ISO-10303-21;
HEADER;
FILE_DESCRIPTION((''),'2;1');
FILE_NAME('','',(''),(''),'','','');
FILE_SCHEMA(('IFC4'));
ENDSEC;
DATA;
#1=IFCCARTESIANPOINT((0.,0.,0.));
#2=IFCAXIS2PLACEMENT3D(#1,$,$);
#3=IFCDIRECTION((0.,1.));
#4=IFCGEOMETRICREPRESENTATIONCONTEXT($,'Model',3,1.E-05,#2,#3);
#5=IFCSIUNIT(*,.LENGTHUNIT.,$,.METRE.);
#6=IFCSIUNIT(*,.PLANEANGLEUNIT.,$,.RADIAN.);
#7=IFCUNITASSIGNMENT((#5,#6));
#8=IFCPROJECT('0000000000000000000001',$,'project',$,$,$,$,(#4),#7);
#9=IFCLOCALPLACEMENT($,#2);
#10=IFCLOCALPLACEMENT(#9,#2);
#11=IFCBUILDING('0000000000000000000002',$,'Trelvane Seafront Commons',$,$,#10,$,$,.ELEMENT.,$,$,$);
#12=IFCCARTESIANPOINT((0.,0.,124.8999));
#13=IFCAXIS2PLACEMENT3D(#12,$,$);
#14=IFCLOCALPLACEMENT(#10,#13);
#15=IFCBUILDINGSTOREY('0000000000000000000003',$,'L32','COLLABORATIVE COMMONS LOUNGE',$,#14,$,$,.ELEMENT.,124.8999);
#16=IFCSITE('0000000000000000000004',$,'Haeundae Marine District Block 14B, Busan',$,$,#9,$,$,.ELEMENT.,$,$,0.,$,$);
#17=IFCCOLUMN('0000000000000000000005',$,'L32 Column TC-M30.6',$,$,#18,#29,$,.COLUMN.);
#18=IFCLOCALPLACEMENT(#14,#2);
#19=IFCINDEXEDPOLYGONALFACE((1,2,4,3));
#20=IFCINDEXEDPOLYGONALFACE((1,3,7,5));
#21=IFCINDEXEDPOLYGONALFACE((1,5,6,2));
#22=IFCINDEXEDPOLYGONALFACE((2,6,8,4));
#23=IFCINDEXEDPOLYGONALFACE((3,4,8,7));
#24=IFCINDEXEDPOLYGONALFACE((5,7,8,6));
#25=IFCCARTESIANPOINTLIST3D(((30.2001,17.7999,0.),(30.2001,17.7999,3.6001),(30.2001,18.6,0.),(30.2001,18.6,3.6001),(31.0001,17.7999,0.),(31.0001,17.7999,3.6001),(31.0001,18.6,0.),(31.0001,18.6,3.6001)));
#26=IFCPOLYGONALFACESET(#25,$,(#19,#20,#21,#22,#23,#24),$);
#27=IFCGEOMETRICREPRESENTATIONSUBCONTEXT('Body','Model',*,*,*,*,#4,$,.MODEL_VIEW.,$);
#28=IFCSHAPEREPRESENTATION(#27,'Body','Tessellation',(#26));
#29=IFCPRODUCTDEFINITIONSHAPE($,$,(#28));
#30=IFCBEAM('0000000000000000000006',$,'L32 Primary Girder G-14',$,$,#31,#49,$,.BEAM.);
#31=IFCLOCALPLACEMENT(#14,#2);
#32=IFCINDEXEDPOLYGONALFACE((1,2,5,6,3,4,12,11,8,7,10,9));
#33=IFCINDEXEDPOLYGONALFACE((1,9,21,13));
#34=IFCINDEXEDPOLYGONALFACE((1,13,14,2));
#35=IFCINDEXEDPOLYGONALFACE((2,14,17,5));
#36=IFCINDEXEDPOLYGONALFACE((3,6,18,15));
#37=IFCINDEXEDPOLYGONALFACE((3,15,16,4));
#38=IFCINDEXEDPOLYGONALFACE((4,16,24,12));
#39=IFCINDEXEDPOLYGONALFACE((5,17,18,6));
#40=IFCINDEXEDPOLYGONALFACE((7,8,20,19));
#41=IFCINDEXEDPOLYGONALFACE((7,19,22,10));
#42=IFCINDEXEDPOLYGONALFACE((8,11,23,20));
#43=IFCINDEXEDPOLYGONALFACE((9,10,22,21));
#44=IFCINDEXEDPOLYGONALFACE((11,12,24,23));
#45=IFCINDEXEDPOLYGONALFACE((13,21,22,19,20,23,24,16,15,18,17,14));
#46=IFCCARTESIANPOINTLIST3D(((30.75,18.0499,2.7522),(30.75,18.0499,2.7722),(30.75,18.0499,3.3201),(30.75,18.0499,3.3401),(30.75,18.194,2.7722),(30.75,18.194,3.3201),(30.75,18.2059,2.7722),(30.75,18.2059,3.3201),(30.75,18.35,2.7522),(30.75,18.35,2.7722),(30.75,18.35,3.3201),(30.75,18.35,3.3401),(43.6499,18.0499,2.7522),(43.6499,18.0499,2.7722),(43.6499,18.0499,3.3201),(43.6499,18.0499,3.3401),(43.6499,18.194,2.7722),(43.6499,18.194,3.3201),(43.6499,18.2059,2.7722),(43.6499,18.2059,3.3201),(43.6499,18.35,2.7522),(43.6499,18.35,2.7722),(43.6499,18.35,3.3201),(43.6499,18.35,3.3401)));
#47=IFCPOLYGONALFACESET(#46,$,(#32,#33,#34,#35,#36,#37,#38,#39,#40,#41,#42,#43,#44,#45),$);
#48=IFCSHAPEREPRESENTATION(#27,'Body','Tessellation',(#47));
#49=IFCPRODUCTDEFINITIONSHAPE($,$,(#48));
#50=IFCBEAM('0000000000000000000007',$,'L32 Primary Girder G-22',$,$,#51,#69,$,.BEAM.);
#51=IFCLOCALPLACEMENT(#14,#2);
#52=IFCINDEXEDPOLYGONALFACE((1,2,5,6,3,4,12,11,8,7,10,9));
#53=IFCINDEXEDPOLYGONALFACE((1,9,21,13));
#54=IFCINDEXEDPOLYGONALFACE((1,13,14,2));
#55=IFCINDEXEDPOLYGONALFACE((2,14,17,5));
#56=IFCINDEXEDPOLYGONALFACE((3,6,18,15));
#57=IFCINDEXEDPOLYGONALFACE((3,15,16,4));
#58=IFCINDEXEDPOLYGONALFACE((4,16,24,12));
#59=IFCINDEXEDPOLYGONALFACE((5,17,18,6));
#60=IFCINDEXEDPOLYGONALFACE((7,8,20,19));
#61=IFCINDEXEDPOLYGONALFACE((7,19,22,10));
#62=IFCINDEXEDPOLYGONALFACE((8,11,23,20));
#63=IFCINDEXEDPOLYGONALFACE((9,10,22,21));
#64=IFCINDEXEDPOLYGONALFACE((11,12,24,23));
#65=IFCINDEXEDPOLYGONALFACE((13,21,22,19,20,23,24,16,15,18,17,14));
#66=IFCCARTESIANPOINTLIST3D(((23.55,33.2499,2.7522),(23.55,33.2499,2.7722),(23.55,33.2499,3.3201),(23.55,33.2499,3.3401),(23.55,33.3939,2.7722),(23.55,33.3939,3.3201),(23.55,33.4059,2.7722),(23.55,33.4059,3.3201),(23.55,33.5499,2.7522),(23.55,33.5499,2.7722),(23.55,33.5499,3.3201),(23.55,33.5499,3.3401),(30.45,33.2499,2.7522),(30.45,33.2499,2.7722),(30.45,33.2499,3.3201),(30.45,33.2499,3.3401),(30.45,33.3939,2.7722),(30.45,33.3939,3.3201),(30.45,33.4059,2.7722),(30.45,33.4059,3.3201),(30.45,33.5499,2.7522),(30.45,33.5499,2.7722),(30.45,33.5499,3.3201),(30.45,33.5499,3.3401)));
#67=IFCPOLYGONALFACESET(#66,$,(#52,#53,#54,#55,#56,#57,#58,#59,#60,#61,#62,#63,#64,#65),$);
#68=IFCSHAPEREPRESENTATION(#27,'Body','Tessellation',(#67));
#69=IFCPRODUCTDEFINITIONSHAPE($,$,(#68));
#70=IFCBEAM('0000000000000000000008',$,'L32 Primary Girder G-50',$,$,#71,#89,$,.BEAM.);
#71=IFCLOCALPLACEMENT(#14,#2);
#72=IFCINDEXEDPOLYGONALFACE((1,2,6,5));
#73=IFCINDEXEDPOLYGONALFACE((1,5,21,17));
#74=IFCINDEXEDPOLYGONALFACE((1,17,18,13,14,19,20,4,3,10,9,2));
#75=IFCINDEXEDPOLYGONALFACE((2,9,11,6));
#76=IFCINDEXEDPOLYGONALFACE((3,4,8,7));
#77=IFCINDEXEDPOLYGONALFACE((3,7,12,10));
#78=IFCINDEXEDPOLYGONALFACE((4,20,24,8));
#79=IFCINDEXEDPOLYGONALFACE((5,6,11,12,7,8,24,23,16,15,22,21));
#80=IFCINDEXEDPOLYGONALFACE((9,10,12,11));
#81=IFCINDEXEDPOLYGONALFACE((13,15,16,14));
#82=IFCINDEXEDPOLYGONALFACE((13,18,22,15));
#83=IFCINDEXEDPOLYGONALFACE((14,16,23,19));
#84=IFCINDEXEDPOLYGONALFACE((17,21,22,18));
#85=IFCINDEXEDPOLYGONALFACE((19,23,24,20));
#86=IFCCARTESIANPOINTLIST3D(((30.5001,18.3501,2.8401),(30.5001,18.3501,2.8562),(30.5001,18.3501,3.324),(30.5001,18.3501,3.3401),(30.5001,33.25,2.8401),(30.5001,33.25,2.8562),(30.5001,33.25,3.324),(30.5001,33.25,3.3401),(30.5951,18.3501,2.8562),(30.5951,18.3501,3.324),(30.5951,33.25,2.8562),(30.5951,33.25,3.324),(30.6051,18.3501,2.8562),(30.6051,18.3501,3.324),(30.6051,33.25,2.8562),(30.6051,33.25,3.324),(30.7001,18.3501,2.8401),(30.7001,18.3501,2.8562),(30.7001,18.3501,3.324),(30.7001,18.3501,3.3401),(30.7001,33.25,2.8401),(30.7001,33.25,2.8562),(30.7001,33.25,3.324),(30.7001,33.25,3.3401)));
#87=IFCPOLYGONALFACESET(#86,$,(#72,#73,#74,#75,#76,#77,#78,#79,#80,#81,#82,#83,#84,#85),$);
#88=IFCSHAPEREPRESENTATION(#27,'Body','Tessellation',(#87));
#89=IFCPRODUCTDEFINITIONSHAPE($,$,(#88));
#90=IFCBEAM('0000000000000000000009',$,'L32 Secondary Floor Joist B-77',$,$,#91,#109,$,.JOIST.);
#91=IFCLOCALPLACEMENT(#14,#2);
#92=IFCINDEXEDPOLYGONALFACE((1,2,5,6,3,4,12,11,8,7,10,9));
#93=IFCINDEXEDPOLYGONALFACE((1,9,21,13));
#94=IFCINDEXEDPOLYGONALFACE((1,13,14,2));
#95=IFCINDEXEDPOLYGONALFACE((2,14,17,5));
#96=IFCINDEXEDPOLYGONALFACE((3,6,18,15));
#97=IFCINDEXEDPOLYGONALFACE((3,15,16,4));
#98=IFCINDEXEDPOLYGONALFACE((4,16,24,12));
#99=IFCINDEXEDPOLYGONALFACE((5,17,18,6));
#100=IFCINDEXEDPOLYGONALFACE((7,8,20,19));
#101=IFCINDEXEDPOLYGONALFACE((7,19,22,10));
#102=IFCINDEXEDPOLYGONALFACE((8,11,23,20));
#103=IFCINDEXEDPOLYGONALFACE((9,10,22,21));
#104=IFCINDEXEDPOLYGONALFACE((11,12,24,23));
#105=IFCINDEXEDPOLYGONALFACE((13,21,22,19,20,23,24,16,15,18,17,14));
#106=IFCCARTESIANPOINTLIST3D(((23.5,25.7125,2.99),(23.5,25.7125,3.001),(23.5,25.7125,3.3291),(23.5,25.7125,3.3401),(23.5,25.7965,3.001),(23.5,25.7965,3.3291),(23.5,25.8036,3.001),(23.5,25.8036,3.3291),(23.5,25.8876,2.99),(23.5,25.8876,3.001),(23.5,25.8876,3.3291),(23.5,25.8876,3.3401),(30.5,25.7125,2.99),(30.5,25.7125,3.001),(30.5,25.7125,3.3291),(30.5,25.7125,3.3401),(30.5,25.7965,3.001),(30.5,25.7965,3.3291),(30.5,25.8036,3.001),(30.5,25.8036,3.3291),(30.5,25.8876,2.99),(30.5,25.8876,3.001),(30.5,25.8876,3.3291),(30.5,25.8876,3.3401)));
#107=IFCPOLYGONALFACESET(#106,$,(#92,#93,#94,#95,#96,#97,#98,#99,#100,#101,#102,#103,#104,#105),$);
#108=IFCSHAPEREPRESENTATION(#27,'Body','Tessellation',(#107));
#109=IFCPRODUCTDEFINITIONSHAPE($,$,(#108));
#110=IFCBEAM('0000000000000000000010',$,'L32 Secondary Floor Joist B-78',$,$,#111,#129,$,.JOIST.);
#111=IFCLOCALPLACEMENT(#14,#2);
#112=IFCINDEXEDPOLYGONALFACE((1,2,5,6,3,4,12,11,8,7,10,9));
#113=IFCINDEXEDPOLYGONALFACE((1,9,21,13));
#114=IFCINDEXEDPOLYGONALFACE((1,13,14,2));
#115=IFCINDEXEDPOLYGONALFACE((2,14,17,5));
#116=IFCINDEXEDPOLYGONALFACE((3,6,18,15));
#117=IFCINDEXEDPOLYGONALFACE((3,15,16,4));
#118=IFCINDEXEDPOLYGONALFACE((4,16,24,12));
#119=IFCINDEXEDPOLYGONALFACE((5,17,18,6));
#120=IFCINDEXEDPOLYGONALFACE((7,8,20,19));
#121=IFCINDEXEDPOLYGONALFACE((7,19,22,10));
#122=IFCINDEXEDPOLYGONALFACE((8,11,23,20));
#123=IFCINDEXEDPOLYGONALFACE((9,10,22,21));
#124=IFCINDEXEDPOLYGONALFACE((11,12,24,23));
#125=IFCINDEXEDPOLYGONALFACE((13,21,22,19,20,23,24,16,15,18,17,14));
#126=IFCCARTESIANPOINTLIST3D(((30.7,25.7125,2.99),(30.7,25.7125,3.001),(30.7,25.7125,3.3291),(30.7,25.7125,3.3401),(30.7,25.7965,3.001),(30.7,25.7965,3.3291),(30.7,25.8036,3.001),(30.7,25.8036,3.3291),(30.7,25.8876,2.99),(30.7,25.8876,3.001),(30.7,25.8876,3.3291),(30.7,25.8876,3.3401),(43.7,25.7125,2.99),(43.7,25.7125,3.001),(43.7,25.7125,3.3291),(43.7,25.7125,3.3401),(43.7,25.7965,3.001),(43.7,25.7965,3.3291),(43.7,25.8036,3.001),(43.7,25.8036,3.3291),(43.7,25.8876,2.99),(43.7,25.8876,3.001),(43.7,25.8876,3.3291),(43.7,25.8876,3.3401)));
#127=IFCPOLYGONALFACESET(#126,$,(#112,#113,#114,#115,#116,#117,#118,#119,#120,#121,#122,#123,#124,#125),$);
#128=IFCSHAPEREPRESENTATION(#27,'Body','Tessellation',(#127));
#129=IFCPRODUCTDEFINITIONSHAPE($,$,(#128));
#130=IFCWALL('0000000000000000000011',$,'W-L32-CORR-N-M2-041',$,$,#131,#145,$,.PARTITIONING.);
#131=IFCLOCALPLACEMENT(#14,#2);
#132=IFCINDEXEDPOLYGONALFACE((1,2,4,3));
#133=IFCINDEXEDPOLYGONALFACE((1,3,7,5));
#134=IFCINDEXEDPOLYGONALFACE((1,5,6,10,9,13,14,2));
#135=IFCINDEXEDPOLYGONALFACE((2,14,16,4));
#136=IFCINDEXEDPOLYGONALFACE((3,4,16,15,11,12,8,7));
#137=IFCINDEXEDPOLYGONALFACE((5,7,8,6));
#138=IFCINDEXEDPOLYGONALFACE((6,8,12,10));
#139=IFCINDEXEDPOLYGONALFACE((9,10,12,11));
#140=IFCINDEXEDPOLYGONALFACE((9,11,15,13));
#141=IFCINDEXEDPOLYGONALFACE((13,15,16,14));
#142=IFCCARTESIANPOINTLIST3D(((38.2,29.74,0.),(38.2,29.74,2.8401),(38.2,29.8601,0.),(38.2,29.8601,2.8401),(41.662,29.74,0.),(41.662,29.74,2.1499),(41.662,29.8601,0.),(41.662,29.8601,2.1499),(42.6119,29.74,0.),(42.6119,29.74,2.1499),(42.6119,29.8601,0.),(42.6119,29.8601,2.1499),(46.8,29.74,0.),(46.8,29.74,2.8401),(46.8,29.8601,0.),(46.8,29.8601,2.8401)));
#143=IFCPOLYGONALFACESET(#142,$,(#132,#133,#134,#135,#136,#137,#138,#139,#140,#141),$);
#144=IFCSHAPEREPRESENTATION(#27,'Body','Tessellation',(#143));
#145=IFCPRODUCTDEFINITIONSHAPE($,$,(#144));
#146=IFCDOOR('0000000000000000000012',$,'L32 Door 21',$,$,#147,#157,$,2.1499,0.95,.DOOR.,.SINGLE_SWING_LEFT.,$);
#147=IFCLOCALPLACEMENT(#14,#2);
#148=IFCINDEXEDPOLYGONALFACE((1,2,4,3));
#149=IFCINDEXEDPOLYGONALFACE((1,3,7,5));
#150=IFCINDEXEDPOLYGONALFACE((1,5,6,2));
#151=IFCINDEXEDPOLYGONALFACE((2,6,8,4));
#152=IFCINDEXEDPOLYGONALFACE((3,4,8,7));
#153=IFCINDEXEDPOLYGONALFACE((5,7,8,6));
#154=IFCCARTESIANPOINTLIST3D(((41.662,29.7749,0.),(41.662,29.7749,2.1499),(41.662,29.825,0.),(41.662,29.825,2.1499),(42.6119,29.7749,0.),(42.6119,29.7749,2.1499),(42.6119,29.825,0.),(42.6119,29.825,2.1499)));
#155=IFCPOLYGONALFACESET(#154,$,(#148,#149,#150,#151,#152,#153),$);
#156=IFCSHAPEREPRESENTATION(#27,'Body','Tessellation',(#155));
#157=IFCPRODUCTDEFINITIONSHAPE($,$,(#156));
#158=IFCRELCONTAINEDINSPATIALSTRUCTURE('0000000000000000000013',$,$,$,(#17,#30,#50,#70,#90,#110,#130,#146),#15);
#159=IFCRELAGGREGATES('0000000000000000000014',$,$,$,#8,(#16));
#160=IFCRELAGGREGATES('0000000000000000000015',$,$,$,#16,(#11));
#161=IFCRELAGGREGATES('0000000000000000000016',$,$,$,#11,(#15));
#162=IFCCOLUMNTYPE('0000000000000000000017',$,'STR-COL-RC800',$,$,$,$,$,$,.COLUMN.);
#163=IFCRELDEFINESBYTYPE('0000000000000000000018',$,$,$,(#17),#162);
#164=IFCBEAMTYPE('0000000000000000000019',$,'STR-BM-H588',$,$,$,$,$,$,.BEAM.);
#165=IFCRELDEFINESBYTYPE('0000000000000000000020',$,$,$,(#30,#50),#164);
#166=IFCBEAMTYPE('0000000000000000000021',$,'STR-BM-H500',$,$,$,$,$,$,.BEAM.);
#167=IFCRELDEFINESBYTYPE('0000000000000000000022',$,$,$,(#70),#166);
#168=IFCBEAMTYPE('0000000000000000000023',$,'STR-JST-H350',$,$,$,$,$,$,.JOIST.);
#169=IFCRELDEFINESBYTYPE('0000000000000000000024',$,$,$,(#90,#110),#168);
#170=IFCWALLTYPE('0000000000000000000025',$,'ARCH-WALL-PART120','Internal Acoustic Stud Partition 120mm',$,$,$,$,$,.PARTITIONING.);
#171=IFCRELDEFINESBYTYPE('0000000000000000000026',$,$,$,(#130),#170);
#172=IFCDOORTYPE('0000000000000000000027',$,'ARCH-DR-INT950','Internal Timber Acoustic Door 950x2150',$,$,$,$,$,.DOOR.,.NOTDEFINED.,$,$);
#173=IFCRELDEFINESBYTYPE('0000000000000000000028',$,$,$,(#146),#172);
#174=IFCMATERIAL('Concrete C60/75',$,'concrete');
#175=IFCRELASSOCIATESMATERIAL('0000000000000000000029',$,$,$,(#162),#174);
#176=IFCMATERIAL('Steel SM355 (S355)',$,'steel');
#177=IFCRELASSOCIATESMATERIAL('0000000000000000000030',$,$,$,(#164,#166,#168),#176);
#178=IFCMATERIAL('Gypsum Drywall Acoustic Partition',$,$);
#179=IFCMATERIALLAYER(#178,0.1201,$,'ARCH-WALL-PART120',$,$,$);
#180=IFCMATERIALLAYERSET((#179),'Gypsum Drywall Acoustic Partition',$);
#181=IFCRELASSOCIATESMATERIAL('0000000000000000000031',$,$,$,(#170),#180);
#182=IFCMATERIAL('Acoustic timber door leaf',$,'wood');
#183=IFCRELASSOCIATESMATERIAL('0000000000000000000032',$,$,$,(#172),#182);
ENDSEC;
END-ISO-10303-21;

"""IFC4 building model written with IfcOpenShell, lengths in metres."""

from ifc_helpers import new_model, si_unit, direction, frame, frame_2d, origin, origin_2d, place, context, subcontext, project, spatial, rectangle, i_section, extrude, source, transform, mapped, material, layer, layer_set, material_profile, profile_set, type_object, element, fill, save


model = new_model("IFC4")

# Units and contexts
model_context = context("Model", 3, precision=1e-05, world=origin(), true_north=direction((0.0, 1.0)))
body_context = subcontext(model_context, "Body", "Model", "MODEL_VIEW")
ifc_project = project(units=[si_unit("LENGTHUNIT", "METRE"), si_unit("PLANEANGLEUNIT", "RADIAN")], contexts=[model_context])

# Site, building, storey
site_placement = place(None, origin())
site = spatial("IfcSite", under=ifc_project, at=site_placement, Name="Haeundae Marine District Block 14B, Busan", CompositionType="ELEMENT", RefElevation=0.0)
building_placement = place(site_placement, origin())
building = spatial("IfcBuilding", under=site, at=building_placement, Name="Trelvane Seafront Commons", CompositionType="ELEMENT")
storey_placement = place(building_placement, frame((0.0, 0.0, 124.8999)))
storey = spatial("IfcBuildingStorey", under=building, at=storey_placement, Name="L32", Description="COLLABORATIVE COMMONS LOUNGE", CompositionType="ELEMENT", Elevation=124.8999)

# Column
ifc_material_1 = material(Name="Concrete C60/75", Category="concrete")
ifc_material_profile_1 = material_profile(ifc_material_1, rectangle(XDim=0.8, YDim=0.8, at=origin_2d()), Name="RC-800x800")
ifc_profile_set_1 = profile_set([ifc_material_profile_1], Name="Concrete C60/75")
column_type = type_object("IfcColumnType", Name="STR-COL-RC800", PredefinedType="COLUMN", material=ifc_profile_set_1)
shared_shape_1 = source(origin(), body_context, "Body", "SweptSolid", [
    extrude(rectangle(XDim=0.8, YDim=0.8, at=origin_2d()), origin(), (0.0, 0.0, 1.0), 3.6001),
])
column_placement = place(storey_placement, frame((30.6001, 18.2, 0.0), z_axis=(0.0, 0.0, 1.0), x_axis=(1.0, 0.0, 0.0)))
element("IfcColumn", 1, at=column_placement, inside=storey, type_object=column_type, Name="L32 Column TC-M30.6", PredefinedType="COLUMN", context=body_context, shape_type="MappedRepresentation", body=[
    mapped(shared_shape_1, transform((0.0, 0.0, 0.0), x_axis=(1.0, 0.0, 0.0), y_axis=(0.0, 1.0, 0.0), z_axis=(0.0, 0.0, 1.0), scale=1.0)),
])

# Beams
ifc_material_2 = material(Name="Steel SM355 (S355)", Category="steel")
ifc_material_profile_2 = material_profile(ifc_material_2, i_section(OverallWidth=0.3, OverallDepth=0.5879, WebThickness=0.012, FlangeThickness=0.02, at=origin_2d()), Name="H-588x300x12x20")
ifc_profile_set_2 = profile_set([ifc_material_profile_2], Name="Steel SM355 (S355)")
beam_type_1 = type_object("IfcBeamType", Name="STR-BM-H588", PredefinedType="BEAM", material=ifc_profile_set_2)
shared_shape_2 = source(origin(), body_context, "Body", "SweptSolid", [
    extrude(i_section(OverallWidth=0.3, OverallDepth=0.5879, WebThickness=0.012, FlangeThickness=0.02, at=origin_2d()), origin(), (0.0, 0.0, 1.0), 12.8999),
])
beam_1_placement = place(storey_placement, frame((30.75, 18.2, 3.0461), z_axis=(1.0, 0.0, 0.0), x_axis=(0.0, 1.0, 0.0)))
element("IfcBeam", 2, at=beam_1_placement, inside=storey, type_object=beam_type_1, Name="L32 Primary Girder G-14", PredefinedType="BEAM", context=body_context, shape_type="MappedRepresentation", body=[
    mapped(shared_shape_2, transform((0.0, 0.0, 0.0), x_axis=(1.0, 0.0, 0.0), y_axis=(0.0, 1.0, 0.0), z_axis=(0.0, 0.0, 1.0), scale=1.0)),
])
shared_shape_3 = source(origin(), body_context, "Body", "SweptSolid", [
    extrude(i_section(OverallWidth=0.3, OverallDepth=0.5879, WebThickness=0.012, FlangeThickness=0.02, at=origin_2d()), origin(), (0.0, 0.0, 1.0), 6.8999),
])
beam_2_placement = place(storey_placement, frame((23.55, 33.3999, 3.0461), z_axis=(1.0, 0.0, 0.0), x_axis=(0.0, 1.0, 0.0)))
element("IfcBeam", 3, at=beam_2_placement, inside=storey, type_object=beam_type_1, Name="L32 Primary Girder G-22", PredefinedType="BEAM", context=body_context, shape_type="MappedRepresentation", body=[
    mapped(shared_shape_3, transform((0.0, 0.0, 0.0), x_axis=(1.0, 0.0, 0.0), y_axis=(0.0, 1.0, 0.0), z_axis=(0.0, 0.0, 1.0), scale=1.0)),
])
ifc_material_profile_3 = material_profile(ifc_material_2, i_section(OverallWidth=0.2, OverallDepth=0.5, WebThickness=0.01, FlangeThickness=0.0161, at=origin_2d()), Name="H-500x200x10x16")
ifc_profile_set_3 = profile_set([ifc_material_profile_3], Name="Steel SM355 (S355)")
beam_type_2 = type_object("IfcBeamType", Name="STR-BM-H500", PredefinedType="BEAM", material=ifc_profile_set_3)
shared_shape_4 = source(origin(), body_context, "Body", "SweptSolid", [
    extrude(i_section(OverallWidth=0.2, OverallDepth=0.5, WebThickness=0.01, FlangeThickness=0.0161, at=origin_2d()), origin(), (0.0, 0.0, 1.0), 14.8999),
])
beam_3_placement = place(storey_placement, frame((30.6001, 18.3501, 3.0901), z_axis=(0.0, 1.0, 0.0), x_axis=(-1.0, 0.0, 0.0)))
element("IfcBeam", 4, at=beam_3_placement, inside=storey, type_object=beam_type_2, Name="L32 Primary Girder G-50", PredefinedType="BEAM", context=body_context, shape_type="MappedRepresentation", body=[
    mapped(shared_shape_4, transform((0.0, 0.0, 0.0), x_axis=(1.0, 0.0, 0.0), y_axis=(0.0, 1.0, 0.0), z_axis=(0.0, 0.0, 1.0), scale=1.0)),
])
ifc_material_profile_4 = material_profile(ifc_material_2, i_section(OverallWidth=0.175, OverallDepth=0.3501, WebThickness=0.0071, FlangeThickness=0.011, at=origin_2d()), Name="H-350x175x7x11")
ifc_profile_set_4 = profile_set([ifc_material_profile_4], Name="Steel SM355 (S355)")
beam_type_3 = type_object("IfcBeamType", Name="STR-JST-H350", PredefinedType="JOIST", material=ifc_profile_set_4)
shared_shape_5 = source(origin(), body_context, "Body", "SweptSolid", [
    extrude(i_section(OverallWidth=0.175, OverallDepth=0.3501, WebThickness=0.0071, FlangeThickness=0.011, at=origin_2d()), origin(), (0.0, 0.0, 1.0), 7.0),
])
beam_4_placement = place(storey_placement, frame((23.5, 25.8, 3.165), z_axis=(1.0, 0.0, 0.0), x_axis=(0.0, 1.0, 0.0)))
element("IfcBeam", 5, at=beam_4_placement, inside=storey, type_object=beam_type_3, Name="L32 Secondary Floor Joist B-77", PredefinedType="JOIST", context=body_context, shape_type="MappedRepresentation", body=[
    mapped(shared_shape_5, transform((0.0, 0.0, 0.0), x_axis=(1.0, 0.0, 0.0), y_axis=(0.0, 1.0, 0.0), z_axis=(0.0, 0.0, 1.0), scale=1.0)),
])
shared_shape_6 = source(origin(), body_context, "Body", "SweptSolid", [
    extrude(i_section(OverallWidth=0.175, OverallDepth=0.3501, WebThickness=0.0071, FlangeThickness=0.011, at=origin_2d()), origin(), (0.0, 0.0, 1.0), 13.0),
])
beam_5_placement = place(storey_placement, frame((30.7, 25.8, 3.165), z_axis=(1.0, 0.0, 0.0), x_axis=(0.0, 1.0, 0.0)))
element("IfcBeam", 6, at=beam_5_placement, inside=storey, type_object=beam_type_3, Name="L32 Secondary Floor Joist B-78", PredefinedType="JOIST", context=body_context, shape_type="MappedRepresentation", body=[
    mapped(shared_shape_6, transform((0.0, 0.0, 0.0), x_axis=(1.0, 0.0, 0.0), y_axis=(0.0, 1.0, 0.0), z_axis=(0.0, 0.0, 1.0), scale=1.0)),
])

# Wall, opening, door
ifc_material_3 = material(Name="Gypsum Drywall Acoustic Partition")
ifc_layer_1 = layer(ifc_material_3, 0.1201, Name="ARCH-WALL-PART120")
ifc_layer_set_1 = layer_set([ifc_layer_1], Name="Gypsum Drywall Acoustic Partition")
wall_type_1 = type_object("IfcWallType", Name="ARCH-WALL-PART120", Description="Internal Acoustic Stud Partition 120mm", PredefinedType="PARTITIONING", material=ifc_layer_set_1)
wall_1_placement = place(storey_placement, frame((38.2, 29.8, 0.0), z_axis=(0.0, 0.0, 1.0), x_axis=(1.0, 0.0, 0.0)))
wall_1 = element("IfcWall", 7, at=wall_1_placement, inside=storey, type_object=wall_type_1, Name="W-L32-CORR-N-M2-041", PredefinedType="PARTITIONING", context=body_context, shape_type="SweptSolid", body=[
    extrude(rectangle(XDim=8.6001, YDim=0.1201, at=frame_2d((4.3, 0.0))), origin(), (0.0, 0.0, 1.0), 2.8401),
])
opening_1_placement = place(wall_1_placement, frame((3.4619, 0.0, 0.0)))
opening_1 = element("IfcOpeningElement", 8, at=opening_1_placement, cuts=wall_1, PredefinedType="OPENING", context=body_context, shape_type="SweptSolid", body=[
    extrude(rectangle(XDim=0.95, YDim=2.1499, at=frame_2d((0.4751, 1.075))), frame((0.0, 0.0701, 0.0), z_axis=(0.0, -1.0, 0.0), x_axis=(1.0, 0.0, 0.0)), (0.0, 0.0, 1.0), 0.1401),
])
ifc_material_4 = material(Name="Acoustic timber door leaf", Category="wood")
door_type_1 = type_object("IfcDoorType", Name="ARCH-DR-INT950", Description="Internal Timber Acoustic Door 950x2150", OperationType="NOTDEFINED", PredefinedType="DOOR", material=ifc_material_4)
shared_shape_7 = source(origin(), body_context, "Body", "SweptSolid", [
    extrude(rectangle(XDim=0.95, YDim=2.1499, at=frame_2d((0.4751, 1.075))), frame((0.0, 0.0249, 0.0), z_axis=(0.0, -1.0, 0.0), x_axis=(1.0, 0.0, 0.0)), (0.0, 0.0, 1.0), 0.05),
])
door_1_placement = place(opening_1_placement, origin())
door_1 = element("IfcDoor", 9, at=door_1_placement, inside=storey, type_object=door_type_1, Name="L32 Door 21", OperationType="SINGLE_SWING_LEFT", OverallHeight=2.1499, OverallWidth=0.95, PredefinedType="DOOR", context=body_context, shape_type="MappedRepresentation", body=[
    mapped(shared_shape_7, transform((0.0, 0.0, 0.0), x_axis=(1.0, 0.0, 0.0), y_axis=(0.0, 1.0, 0.0), z_axis=(0.0, 0.0, 1.0), scale=1.0)),
])
fill(opening_1, door_1)

save(model, "model.ifc")
